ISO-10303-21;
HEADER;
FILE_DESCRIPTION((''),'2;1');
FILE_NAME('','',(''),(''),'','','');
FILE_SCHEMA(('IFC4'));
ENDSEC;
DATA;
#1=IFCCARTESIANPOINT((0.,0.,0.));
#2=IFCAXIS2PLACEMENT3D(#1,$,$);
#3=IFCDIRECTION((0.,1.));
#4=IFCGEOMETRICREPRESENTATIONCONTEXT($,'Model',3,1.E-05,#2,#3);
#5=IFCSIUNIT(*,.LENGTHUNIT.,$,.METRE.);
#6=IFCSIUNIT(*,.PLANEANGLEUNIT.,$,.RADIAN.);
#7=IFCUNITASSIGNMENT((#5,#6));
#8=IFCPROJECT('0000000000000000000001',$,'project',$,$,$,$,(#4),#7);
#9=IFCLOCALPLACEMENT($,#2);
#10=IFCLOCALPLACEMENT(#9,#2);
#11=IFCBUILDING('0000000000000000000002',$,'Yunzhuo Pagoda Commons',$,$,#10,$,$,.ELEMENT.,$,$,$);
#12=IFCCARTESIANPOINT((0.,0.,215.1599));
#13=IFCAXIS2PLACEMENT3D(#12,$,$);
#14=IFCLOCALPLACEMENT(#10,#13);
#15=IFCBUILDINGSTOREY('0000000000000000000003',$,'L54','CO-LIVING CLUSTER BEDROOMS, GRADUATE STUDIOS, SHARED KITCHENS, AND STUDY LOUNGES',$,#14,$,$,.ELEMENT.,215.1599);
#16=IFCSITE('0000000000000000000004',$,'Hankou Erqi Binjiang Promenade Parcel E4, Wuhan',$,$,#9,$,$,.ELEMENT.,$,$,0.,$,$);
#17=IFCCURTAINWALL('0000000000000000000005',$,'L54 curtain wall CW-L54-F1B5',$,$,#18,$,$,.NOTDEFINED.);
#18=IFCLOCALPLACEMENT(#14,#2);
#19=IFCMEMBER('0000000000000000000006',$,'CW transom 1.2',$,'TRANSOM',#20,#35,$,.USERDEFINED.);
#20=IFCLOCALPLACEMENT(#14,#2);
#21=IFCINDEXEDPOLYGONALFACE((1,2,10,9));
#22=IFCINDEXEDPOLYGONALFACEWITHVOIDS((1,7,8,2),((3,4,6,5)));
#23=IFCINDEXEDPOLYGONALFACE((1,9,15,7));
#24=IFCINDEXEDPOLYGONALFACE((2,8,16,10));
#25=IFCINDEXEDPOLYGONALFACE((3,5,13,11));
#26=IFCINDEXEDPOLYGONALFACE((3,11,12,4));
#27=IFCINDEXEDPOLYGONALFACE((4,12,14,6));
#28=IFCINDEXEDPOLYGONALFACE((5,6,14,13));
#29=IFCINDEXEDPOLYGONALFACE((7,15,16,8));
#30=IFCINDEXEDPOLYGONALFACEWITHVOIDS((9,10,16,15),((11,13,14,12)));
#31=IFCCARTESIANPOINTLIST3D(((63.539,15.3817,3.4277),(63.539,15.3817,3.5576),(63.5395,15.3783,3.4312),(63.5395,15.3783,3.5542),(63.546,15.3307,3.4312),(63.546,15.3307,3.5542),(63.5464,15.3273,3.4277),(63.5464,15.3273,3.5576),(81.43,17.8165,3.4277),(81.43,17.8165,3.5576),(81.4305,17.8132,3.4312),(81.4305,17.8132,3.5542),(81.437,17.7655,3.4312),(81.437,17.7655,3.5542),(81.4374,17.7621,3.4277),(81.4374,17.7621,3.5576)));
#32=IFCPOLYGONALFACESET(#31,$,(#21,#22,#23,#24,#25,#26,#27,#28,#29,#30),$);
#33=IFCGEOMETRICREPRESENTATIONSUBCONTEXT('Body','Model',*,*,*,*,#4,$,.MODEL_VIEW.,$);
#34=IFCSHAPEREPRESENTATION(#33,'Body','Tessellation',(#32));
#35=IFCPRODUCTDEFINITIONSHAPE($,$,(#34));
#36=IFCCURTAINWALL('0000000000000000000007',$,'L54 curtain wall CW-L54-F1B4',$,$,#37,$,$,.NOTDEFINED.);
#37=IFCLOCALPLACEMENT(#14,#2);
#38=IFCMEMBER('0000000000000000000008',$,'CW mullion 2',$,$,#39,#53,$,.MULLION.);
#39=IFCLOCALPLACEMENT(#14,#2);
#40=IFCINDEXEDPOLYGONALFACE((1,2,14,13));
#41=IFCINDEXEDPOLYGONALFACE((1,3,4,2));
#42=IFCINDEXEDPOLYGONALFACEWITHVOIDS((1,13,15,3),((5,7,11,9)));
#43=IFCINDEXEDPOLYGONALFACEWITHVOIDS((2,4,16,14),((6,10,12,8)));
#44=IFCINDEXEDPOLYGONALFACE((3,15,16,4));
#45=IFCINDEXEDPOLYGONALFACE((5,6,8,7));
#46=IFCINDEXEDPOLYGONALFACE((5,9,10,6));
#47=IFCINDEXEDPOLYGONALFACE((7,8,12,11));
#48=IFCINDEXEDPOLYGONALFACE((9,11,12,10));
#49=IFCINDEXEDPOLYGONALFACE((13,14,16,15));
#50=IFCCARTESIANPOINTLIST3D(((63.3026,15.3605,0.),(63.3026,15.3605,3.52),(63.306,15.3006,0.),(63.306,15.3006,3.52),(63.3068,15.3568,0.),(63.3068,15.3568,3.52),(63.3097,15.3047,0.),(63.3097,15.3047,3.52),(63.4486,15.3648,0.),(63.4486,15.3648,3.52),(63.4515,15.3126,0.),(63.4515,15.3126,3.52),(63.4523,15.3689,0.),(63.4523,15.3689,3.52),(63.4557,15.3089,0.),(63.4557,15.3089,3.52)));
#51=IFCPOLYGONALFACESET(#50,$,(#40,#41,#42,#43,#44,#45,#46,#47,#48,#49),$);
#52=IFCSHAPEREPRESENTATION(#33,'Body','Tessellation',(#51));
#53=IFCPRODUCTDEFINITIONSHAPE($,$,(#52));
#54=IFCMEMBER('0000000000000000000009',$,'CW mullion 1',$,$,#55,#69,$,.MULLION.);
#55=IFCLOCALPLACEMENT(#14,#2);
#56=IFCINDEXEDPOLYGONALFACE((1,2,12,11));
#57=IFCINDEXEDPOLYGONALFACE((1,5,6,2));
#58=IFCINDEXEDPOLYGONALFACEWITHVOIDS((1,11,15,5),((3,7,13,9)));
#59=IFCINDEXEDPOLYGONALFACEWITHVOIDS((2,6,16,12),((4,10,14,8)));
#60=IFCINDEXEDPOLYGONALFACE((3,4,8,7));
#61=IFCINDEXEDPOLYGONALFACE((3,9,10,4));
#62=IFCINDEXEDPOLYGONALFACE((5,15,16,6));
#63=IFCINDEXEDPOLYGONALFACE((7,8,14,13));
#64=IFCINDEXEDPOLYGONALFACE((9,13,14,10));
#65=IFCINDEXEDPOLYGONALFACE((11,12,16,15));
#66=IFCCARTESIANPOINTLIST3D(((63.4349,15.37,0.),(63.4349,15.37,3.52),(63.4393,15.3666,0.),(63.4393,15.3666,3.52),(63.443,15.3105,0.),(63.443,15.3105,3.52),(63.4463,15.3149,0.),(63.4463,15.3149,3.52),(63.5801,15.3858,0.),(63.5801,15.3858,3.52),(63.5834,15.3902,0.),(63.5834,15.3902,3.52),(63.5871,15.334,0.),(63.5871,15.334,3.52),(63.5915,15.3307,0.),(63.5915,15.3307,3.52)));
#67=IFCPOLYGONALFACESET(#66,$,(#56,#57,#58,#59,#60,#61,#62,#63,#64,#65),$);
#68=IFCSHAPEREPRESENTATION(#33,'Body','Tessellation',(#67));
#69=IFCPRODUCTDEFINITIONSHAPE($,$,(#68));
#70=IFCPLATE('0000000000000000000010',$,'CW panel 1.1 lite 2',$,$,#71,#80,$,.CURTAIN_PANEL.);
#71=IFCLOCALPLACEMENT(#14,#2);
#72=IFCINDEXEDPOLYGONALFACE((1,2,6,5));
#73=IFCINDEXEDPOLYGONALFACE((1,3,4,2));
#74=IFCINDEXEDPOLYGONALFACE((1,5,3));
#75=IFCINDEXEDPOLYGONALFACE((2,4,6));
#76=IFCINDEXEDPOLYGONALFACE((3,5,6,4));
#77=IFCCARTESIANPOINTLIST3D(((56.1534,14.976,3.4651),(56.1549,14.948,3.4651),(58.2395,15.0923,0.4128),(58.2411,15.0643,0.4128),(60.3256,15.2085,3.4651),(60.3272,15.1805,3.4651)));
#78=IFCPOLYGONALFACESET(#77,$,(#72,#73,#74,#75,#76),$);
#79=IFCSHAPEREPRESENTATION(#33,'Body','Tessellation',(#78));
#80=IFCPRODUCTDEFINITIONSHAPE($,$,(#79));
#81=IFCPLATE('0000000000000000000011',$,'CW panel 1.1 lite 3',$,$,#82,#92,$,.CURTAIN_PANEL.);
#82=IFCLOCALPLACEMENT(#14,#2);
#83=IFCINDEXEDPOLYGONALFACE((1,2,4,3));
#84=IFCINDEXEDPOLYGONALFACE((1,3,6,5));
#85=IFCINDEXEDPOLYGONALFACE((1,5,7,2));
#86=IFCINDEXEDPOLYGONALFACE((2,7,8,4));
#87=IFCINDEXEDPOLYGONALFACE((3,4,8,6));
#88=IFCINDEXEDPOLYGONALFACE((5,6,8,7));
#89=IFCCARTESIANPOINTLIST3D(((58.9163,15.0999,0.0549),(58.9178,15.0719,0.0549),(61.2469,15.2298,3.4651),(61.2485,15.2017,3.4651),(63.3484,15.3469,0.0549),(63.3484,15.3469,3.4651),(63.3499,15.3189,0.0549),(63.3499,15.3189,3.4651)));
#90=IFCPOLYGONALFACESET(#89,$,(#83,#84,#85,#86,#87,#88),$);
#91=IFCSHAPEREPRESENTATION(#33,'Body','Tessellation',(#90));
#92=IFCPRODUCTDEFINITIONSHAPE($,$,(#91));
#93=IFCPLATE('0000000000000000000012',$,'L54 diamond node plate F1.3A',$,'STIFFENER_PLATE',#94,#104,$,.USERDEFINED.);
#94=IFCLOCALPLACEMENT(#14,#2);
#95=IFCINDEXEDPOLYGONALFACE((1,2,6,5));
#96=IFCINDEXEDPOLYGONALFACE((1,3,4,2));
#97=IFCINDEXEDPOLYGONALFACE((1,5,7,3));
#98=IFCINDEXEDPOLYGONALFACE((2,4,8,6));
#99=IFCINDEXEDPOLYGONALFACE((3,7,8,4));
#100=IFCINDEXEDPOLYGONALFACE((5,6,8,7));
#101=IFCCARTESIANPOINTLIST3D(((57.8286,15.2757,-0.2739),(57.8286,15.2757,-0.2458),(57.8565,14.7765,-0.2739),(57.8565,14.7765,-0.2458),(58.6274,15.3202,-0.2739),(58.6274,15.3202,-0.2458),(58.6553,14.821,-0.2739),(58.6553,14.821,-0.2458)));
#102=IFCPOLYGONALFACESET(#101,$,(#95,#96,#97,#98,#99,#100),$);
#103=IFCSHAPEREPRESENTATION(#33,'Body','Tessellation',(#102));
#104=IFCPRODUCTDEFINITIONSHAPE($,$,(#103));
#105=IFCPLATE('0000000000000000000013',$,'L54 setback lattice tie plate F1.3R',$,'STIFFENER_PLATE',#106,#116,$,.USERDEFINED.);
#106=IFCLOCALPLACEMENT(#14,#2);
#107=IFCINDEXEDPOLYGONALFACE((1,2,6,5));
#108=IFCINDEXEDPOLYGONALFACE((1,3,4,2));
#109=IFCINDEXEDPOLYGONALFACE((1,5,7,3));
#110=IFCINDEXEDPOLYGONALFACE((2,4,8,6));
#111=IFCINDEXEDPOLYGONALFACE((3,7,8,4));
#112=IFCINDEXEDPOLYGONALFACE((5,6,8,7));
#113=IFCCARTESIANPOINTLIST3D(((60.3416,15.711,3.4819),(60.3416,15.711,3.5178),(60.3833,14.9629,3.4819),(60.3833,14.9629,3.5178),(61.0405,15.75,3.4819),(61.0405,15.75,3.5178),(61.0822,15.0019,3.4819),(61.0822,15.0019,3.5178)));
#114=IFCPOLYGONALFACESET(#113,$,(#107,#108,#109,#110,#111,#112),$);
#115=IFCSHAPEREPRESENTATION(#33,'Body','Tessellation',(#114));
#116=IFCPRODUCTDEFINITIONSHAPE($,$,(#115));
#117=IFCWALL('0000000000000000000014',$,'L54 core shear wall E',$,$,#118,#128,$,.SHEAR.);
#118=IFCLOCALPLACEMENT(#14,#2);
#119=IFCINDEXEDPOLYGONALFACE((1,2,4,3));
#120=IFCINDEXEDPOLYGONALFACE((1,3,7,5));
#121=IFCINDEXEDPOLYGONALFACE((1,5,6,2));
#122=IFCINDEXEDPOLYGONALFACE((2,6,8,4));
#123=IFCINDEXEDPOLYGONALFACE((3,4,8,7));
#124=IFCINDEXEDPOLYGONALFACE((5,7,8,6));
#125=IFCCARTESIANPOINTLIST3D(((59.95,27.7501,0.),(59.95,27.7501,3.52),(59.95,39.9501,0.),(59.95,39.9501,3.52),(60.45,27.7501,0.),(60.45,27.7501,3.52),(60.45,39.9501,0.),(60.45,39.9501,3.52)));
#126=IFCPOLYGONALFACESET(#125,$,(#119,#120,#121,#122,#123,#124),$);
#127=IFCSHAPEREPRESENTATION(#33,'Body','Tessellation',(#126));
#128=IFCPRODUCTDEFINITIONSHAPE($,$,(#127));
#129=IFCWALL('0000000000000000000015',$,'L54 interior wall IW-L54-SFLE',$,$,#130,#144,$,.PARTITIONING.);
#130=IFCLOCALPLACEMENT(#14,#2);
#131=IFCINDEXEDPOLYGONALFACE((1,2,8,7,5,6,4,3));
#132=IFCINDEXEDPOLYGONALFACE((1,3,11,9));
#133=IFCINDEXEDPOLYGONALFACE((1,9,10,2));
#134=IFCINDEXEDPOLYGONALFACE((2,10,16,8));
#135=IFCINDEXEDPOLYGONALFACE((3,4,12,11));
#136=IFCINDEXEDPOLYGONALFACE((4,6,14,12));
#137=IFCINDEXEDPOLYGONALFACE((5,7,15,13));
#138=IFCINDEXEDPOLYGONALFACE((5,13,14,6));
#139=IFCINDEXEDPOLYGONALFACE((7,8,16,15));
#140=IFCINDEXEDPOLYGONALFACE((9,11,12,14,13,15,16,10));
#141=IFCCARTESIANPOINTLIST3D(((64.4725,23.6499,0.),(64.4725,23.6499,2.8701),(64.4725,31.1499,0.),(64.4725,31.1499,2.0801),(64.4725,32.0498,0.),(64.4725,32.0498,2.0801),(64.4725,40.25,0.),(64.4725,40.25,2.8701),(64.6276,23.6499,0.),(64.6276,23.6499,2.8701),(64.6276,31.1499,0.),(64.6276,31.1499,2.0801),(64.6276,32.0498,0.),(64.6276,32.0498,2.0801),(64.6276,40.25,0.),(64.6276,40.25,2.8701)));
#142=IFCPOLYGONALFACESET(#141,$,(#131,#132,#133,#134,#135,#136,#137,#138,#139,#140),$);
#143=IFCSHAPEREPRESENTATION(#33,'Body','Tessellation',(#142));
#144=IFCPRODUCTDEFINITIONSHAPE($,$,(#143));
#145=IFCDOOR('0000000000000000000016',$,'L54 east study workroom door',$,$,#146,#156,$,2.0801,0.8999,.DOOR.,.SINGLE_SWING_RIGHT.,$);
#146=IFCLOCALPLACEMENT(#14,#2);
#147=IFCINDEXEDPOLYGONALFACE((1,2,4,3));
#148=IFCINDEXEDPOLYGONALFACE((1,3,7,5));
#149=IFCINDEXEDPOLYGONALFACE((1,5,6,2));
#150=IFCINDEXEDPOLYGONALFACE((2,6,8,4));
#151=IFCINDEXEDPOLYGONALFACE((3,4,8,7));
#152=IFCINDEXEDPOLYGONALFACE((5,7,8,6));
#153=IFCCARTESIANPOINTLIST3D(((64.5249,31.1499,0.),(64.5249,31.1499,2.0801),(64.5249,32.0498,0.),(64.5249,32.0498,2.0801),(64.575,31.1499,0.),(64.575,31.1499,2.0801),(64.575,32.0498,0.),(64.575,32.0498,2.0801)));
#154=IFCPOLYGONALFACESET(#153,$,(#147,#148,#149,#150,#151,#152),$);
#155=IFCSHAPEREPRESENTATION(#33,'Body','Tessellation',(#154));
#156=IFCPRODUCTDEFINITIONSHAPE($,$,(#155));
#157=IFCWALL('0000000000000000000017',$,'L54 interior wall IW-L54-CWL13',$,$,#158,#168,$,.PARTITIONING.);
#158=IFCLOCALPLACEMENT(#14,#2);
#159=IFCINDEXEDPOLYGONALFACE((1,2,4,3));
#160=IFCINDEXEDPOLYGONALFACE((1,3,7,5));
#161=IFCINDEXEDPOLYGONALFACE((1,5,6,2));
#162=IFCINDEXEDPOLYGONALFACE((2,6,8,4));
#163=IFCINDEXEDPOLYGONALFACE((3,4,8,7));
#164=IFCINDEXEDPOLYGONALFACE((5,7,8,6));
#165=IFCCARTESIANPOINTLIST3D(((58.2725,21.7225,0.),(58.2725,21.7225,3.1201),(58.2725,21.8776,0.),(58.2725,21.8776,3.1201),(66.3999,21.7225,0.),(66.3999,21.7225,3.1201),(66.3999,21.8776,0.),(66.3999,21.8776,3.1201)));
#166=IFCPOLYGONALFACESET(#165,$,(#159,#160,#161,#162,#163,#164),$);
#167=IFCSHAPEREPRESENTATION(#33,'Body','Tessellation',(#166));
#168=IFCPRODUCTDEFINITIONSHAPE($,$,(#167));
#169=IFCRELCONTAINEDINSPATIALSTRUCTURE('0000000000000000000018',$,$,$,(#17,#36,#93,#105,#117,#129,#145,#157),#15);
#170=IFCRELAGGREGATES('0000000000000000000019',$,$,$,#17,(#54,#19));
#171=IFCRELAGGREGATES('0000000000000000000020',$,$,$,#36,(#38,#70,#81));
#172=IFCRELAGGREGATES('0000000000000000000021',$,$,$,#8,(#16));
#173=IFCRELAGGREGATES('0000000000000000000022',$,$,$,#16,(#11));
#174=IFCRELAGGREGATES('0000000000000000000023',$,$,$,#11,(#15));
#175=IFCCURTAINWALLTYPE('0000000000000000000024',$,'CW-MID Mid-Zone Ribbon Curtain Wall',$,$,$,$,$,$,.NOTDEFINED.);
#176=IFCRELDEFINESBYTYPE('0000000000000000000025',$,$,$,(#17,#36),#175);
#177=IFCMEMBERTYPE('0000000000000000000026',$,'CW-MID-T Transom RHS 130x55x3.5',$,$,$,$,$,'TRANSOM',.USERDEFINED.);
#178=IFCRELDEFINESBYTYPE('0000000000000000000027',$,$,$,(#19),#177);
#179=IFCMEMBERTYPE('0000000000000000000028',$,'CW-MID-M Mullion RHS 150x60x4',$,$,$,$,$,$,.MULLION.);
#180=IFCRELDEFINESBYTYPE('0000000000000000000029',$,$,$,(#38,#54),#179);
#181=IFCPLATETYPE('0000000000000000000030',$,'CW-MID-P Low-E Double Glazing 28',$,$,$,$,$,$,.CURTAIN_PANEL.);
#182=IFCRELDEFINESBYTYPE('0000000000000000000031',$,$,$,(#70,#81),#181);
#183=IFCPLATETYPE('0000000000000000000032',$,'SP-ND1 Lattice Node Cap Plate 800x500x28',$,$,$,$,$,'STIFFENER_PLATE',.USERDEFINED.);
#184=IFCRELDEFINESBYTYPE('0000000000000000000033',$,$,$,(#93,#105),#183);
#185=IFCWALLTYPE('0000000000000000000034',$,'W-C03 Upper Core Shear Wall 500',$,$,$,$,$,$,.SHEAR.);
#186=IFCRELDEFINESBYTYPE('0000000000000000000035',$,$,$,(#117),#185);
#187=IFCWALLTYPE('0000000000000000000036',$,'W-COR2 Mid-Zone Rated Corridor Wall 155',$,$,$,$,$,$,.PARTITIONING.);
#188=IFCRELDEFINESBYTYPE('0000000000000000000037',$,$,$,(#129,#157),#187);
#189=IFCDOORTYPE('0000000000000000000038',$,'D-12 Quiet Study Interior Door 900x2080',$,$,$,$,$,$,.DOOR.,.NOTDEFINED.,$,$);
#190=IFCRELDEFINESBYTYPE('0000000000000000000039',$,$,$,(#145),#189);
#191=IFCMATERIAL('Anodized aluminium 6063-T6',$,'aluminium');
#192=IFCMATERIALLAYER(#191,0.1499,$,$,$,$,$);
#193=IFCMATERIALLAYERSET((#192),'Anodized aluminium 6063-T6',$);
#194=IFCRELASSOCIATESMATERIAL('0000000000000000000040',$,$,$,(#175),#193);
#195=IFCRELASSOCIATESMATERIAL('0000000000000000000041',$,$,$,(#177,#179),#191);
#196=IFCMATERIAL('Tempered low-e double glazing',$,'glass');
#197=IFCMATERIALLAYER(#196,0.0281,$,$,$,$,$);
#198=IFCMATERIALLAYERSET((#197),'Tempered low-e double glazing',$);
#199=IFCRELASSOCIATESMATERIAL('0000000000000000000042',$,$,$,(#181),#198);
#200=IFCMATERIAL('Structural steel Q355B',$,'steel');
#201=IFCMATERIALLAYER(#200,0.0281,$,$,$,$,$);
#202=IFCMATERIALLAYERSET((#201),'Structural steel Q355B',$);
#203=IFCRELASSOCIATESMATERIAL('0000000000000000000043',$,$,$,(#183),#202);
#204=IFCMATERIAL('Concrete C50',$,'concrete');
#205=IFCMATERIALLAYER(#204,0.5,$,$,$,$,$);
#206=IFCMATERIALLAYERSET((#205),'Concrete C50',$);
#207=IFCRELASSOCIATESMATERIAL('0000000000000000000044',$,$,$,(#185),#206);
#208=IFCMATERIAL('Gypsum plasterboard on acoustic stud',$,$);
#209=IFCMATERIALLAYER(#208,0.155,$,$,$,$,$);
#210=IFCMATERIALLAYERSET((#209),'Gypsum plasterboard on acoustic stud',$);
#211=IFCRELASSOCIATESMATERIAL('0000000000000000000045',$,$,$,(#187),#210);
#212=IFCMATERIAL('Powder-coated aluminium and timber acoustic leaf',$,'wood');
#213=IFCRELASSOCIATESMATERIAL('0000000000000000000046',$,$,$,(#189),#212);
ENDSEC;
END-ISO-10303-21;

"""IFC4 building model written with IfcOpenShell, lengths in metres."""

from ifc_helpers import new_model, si_unit, direction, frame, frame_2d, origin, origin_2d, place, context, subcontext, project, spatial, polyline, rectangle, hollow_rectangle, outline, extrude, source, transform, mapped, material, layer, layer_set, material_profile, profile_set, type_object, element, fill, aggregate, save


model = new_model("IFC4")

# Units and contexts
model_context = context("Model", 3, precision=1e-05, world=origin(), true_north=direction((0.0, 1.0)))
body_context = subcontext(model_context, "Body", "Model", "MODEL_VIEW")
ifc_project = project(units=[si_unit("LENGTHUNIT", "METRE"), si_unit("PLANEANGLEUNIT", "RADIAN")], contexts=[model_context])

# Site, building, storey
site_placement = place(None, origin())
site = spatial("IfcSite", under=ifc_project, at=site_placement, Name="Hankou Erqi Binjiang Promenade Parcel E4, Wuhan", CompositionType="ELEMENT", RefElevation=0.0)
building_placement = place(site_placement, origin())
building = spatial("IfcBuilding", under=site, at=building_placement, Name="Yunzhuo Pagoda Commons", CompositionType="ELEMENT")
storey_placement = place(building_placement, frame((0.0, 0.0, 215.1599)))
storey = spatial("IfcBuildingStorey", under=building, at=storey_placement, Name="L54", Description="CO-LIVING CLUSTER BEDROOMS, GRADUATE STUDIOS, SHARED KITCHENS, AND STUDY LOUNGES", CompositionType="ELEMENT", Elevation=215.1599)

# Shared definitions
ifc_material_1 = material(Name="Structural steel Q355B", Category="steel")

# Curtain wall, member
ifc_material_2 = material(Name="Anodized aluminium 6063-T6", Category="aluminium")
ifc_layer_1 = layer(ifc_material_2, 0.1499)
ifc_layer_set_1 = layer_set([ifc_layer_1], Name="Anodized aluminium 6063-T6")
curtain_wall_type = type_object("IfcCurtainWallType", Name="CW-MID Mid-Zone Ribbon Curtain Wall", PredefinedType="NOTDEFINED", material=ifc_layer_set_1)
curtain_wall_1_placement = place(storey_placement, origin())
curtain_wall_1 = element("IfcCurtainWall", 1, at=curtain_wall_1_placement, inside=storey, type_object=curtain_wall_type, Name="L54 curtain wall CW-L54-F1B5", PredefinedType="NOTDEFINED")
ifc_material_profile_1 = material_profile(ifc_material_2, hollow_rectangle(XDim=0.0549, YDim=0.1299, WallThickness=0.0034, at=origin_2d()), Name="Anodized aluminium 6063-T6")
ifc_profile_set_1 = profile_set([ifc_material_profile_1], Name="Anodized aluminium 6063-T6")
member_type_1 = type_object("IfcMemberType", Name="CW-MID-T Transom RHS 130x55x3.5", ElementType="TRANSOM", PredefinedType="USERDEFINED", material=ifc_profile_set_1)
shared_shape_1 = source(origin(), body_context, "Body", "SweptSolid", [
    extrude(hollow_rectangle(XDim=0.0549, YDim=0.1299, WallThickness=0.0034, at=origin_2d()), origin(), (0.0, 0.0, 1.0), 18.0559),
])
member_1_placement = place(storey_placement, frame((63.5427, 15.3545, 3.4927), z_axis=(0.990866, 0.13485, 0.0), x_axis=(-0.13485, 0.990866, 0.0)))
member_1 = element("IfcMember", 2, at=member_1_placement, type_object=member_type_1, Name="CW transom 1.2", ObjectType="TRANSOM", PredefinedType="USERDEFINED", context=body_context, shape_type="MappedRepresentation", body=[
    mapped(shared_shape_1, transform((0.0, 0.0, 0.0), scale=1.0)),
])

# Curtain wall, member
curtain_wall_2_placement = place(storey_placement, origin())
curtain_wall_2 = element("IfcCurtainWall", 3, at=curtain_wall_2_placement, inside=storey, type_object=curtain_wall_type, Name="L54 curtain wall CW-L54-F1B4", PredefinedType="NOTDEFINED")
ifc_material_profile_2 = material_profile(ifc_material_2, hollow_rectangle(XDim=0.0601, YDim=0.1499, WallThickness=0.0039, at=origin_2d()), Name="Anodized aluminium 6063-T6")
ifc_profile_set_2 = profile_set([ifc_material_profile_2], Name="Anodized aluminium 6063-T6")
member_type_2 = type_object("IfcMemberType", Name="CW-MID-M Mullion RHS 150x60x4", PredefinedType="MULLION", material=ifc_profile_set_2)
shared_shape_2 = source(origin(), body_context, "Body", "SweptSolid", [
    extrude(hollow_rectangle(XDim=0.0601, YDim=0.1499, WallThickness=0.0039, at=origin_2d()), origin(), (0.0, 0.0, 1.0), 3.52),
])
member_2_placement = place(storey_placement, frame((63.3792, 15.3347, 0.0), z_axis=(0.0, 0.0, 1.0), x_axis=(-0.055642, 0.998451, 0.0)))
member_2 = element("IfcMember", 4, at=member_2_placement, type_object=member_type_2, Name="CW mullion 2", PredefinedType="MULLION", context=body_context, shape_type="MappedRepresentation", body=[
    mapped(shared_shape_2, transform((0.0, 0.0, 0.0), scale=1.0)),
])

# Member
member_3_placement = place(storey_placement, frame((63.5132, 15.3503, 0.0), z_axis=(0.0, 0.0, 1.0), x_axis=(-0.134839, 0.990867, 0.0)))
member_3 = element("IfcMember", 5, at=member_3_placement, type_object=member_type_2, Name="CW mullion 1", PredefinedType="MULLION", context=body_context, shape_type="MappedRepresentation", body=[
    mapped(shared_shape_2, transform((0.0, 0.0, 0.0), scale=1.0)),
])
aggregate(curtain_wall_1, [member_3, member_1])

# Plates
ifc_material_3 = material(Name="Tempered low-e double glazing", Category="glass")
ifc_layer_2 = layer(ifc_material_3, 0.0281)
ifc_layer_set_2 = layer_set([ifc_layer_2], Name="Tempered low-e double glazing")
plate_type_1 = type_object("IfcPlateType", Name="CW-MID-P Low-E Double Glazing 28", PredefinedType="CURTAIN_PANEL", material=ifc_layer_set_2)
plate_1_placement = place(storey_placement, frame((58.2395, 15.0923, 1.939), z_axis=(0.055642, -0.998451, 0.0), x_axis=(0.998451, 0.055642, 0.0)))
plate_1 = element("IfcPlate", 6, at=plate_1_placement, type_object=plate_type_1, Name="CW panel 1.1 lite 2", PredefinedType="CURTAIN_PANEL", context=body_context, shape_type="SweptSolid", body=[
    extrude(outline(polyline([(-2.0894, 1.5261), (0.0, -1.5261), (2.0894, 1.5261), (-2.0894, 1.5261)])), origin(), (0.0, 0.0, 1.0), 0.0281),
])
plate_2_placement = place(storey_placement, frame((61.1323, 15.2234, 1.76), z_axis=(0.055642, -0.998451, 0.0), x_axis=(0.998451, 0.055642, 0.0)))
plate_2 = element("IfcPlate", 7, at=plate_2_placement, type_object=plate_type_1, Name="CW panel 1.1 lite 3", PredefinedType="CURTAIN_PANEL", context=body_context, shape_type="SweptSolid", body=[
    extrude(outline(polyline([(-2.2195, -1.7051), (2.2195, -1.7051), (2.2195, 1.7051), (0.1147, 1.7051), (-2.2195, -1.7051)])), origin(), (0.0, 0.0, 1.0), 0.0281),
])
aggregate(curtain_wall_2, [member_2, plate_1, plate_2])

# Plates
ifc_layer_3 = layer(ifc_material_1, 0.0281)
ifc_layer_set_3 = layer_set([ifc_layer_3], Name="Structural steel Q355B")
plate_type_2 = type_object("IfcPlateType", Name="SP-ND1 Lattice Node Cap Plate 800x500x28", ElementType="STIFFENER_PLATE", PredefinedType="USERDEFINED", material=ifc_layer_set_3)
shared_shape_3 = source(origin(), body_context, "Body", "SweptSolid", [
    extrude(rectangle(XDim=0.8, YDim=0.5, at=origin_2d()), origin(), (0.0, 0.0, 1.0), 0.0281),
])
plate_3_placement = place(storey_placement, frame((58.2419, 15.0483, -0.2739), z_axis=(0.0, 0.0, 1.0), x_axis=(0.99845, 0.055647, 0.0)))
element("IfcPlate", 8, at=plate_3_placement, inside=storey, type_object=plate_type_2, Name="L54 diamond node plate F1.3A", ObjectType="STIFFENER_PLATE", PredefinedType="USERDEFINED", context=body_context, shape_type="MappedRepresentation", body=[
    mapped(shared_shape_3, transform((0.0, 0.0, 0.0), scale=1.0)),
])
shared_shape_4 = source(origin(), body_context, "Body", "SweptSolid", [
    extrude(rectangle(XDim=0.7, YDim=0.7493, at=origin_2d()), origin(), (0.0, 0.0, 1.0), 0.0359),
])
plate_4_placement = place(storey_placement, frame((60.7119, 15.3564, 3.4819), z_axis=(0.0, 0.0, 1.0), x_axis=(0.99845, 0.055647, 0.0)))
element("IfcPlate", 9, at=plate_4_placement, inside=storey, type_object=plate_type_2, Name="L54 setback lattice tie plate F1.3R", ObjectType="STIFFENER_PLATE", PredefinedType="USERDEFINED", context=body_context, shape_type="MappedRepresentation", body=[
    mapped(shared_shape_4, transform((0.0, 0.0, 0.0), scale=1.0)),
])

# Wall
ifc_material_4 = material(Name="Concrete C50", Category="concrete")
ifc_layer_4 = layer(ifc_material_4, 0.5)
ifc_layer_set_4 = layer_set([ifc_layer_4], Name="Concrete C50")
wall_type_1 = type_object("IfcWallType", Name="W-C03 Upper Core Shear Wall 500", PredefinedType="SHEAR", material=ifc_layer_set_4)
wall_1_placement = place(storey_placement, frame((60.2, 27.75, 0.0), z_axis=(0.0, 0.0, 1.0), x_axis=(0.0, 1.0, 0.0)))
element("IfcWall", 10, at=wall_1_placement, inside=storey, type_object=wall_type_1, Name="L54 core shear wall E", PredefinedType="SHEAR", context=body_context, shape_type="SweptSolid", body=[
    extrude(rectangle(XDim=12.2, YDim=0.5, at=frame_2d((6.1001, 0.0))), origin(), (0.0, 0.0, 1.0), 3.52),
])

# Wall, opening, door
ifc_material_5 = material(Name="Gypsum plasterboard on acoustic stud")
ifc_layer_5 = layer(ifc_material_5, 0.155)
ifc_layer_set_5 = layer_set([ifc_layer_5], Name="Gypsum plasterboard on acoustic stud")
wall_type_2 = type_object("IfcWallType", Name="W-COR2 Mid-Zone Rated Corridor Wall 155", PredefinedType="PARTITIONING", material=ifc_layer_set_5)
wall_2_placement = place(storey_placement, frame((64.55, 23.6499, 0.0), z_axis=(0.0, 0.0, 1.0), x_axis=(0.0, 1.0, 0.0)))
wall_2 = element("IfcWall", 11, at=wall_2_placement, inside=storey, type_object=wall_type_2, Name="L54 interior wall IW-L54-SFLE", PredefinedType="PARTITIONING", context=body_context, shape_type="SweptSolid", body=[
    extrude(rectangle(XDim=16.6001, YDim=0.155, at=frame_2d((8.3, 0.0))), origin(), (0.0, 0.0, 1.0), 2.8701),
])
opening_placement = place(wall_2_placement, frame((7.5, 0.0, 0.0)))
opening = element("IfcOpeningElement", 12, at=opening_placement, cuts=wall_2, PredefinedType="OPENING", context=body_context, shape_type="SweptSolid", body=[
    extrude(rectangle(XDim=0.8999, YDim=2.0801, at=frame_2d((0.45, 1.04))), frame((0.0, 0.0874, 0.0), z_axis=(0.0, -1.0, 0.0), x_axis=(1.0, 0.0, 0.0)), (0.0, 0.0, 1.0), 0.175),
])
ifc_material_6 = material(Name="Powder-coated aluminium and timber acoustic leaf", Category="wood")
door_type = type_object("IfcDoorType", Name="D-12 Quiet Study Interior Door 900x2080", OperationType="NOTDEFINED", PredefinedType="DOOR", material=ifc_material_6)
shared_shape_5 = source(origin(), body_context, "Body", "SweptSolid", [
    extrude(rectangle(XDim=0.8999, YDim=2.0801, at=frame_2d((0.45, 1.04))), frame((0.0, 0.0249, 0.0), z_axis=(0.0, -1.0, 0.0), x_axis=(1.0, 0.0, 0.0)), (0.0, 0.0, 1.0), 0.05),
])
door_placement = place(opening_placement, frame((0.8999, 0.0, 0.0), z_axis=(0.0, 0.0, 1.0), x_axis=(-1.0, 0.0, 0.0)))
door = element("IfcDoor", 13, at=door_placement, inside=storey, type_object=door_type, Name="L54 east study workroom door", OperationType="SINGLE_SWING_RIGHT", OverallHeight=2.0801, OverallWidth=0.8999, PredefinedType="DOOR", context=body_context, shape_type="MappedRepresentation", body=[
    mapped(shared_shape_5, transform((0.0, 0.0, 0.0), scale=1.0)),
])
fill(opening, door)

# Wall
wall_3_placement = place(storey_placement, frame((66.3999, 21.8, 0.0), z_axis=(0.0, 0.0, 1.0), x_axis=(-1.0, 0.0, 0.0)))
element("IfcWall", 14, at=wall_3_placement, inside=storey, type_object=wall_type_2, Name="L54 interior wall IW-L54-CWL13", PredefinedType="PARTITIONING", context=body_context, shape_type="SweptSolid", body=[
    extrude(rectangle(XDim=8.1274, YDim=0.155, at=frame_2d((4.0637, 0.0))), origin(), (0.0, 0.0, 1.0), 3.1201),
])

save(model, "model.ifc")
